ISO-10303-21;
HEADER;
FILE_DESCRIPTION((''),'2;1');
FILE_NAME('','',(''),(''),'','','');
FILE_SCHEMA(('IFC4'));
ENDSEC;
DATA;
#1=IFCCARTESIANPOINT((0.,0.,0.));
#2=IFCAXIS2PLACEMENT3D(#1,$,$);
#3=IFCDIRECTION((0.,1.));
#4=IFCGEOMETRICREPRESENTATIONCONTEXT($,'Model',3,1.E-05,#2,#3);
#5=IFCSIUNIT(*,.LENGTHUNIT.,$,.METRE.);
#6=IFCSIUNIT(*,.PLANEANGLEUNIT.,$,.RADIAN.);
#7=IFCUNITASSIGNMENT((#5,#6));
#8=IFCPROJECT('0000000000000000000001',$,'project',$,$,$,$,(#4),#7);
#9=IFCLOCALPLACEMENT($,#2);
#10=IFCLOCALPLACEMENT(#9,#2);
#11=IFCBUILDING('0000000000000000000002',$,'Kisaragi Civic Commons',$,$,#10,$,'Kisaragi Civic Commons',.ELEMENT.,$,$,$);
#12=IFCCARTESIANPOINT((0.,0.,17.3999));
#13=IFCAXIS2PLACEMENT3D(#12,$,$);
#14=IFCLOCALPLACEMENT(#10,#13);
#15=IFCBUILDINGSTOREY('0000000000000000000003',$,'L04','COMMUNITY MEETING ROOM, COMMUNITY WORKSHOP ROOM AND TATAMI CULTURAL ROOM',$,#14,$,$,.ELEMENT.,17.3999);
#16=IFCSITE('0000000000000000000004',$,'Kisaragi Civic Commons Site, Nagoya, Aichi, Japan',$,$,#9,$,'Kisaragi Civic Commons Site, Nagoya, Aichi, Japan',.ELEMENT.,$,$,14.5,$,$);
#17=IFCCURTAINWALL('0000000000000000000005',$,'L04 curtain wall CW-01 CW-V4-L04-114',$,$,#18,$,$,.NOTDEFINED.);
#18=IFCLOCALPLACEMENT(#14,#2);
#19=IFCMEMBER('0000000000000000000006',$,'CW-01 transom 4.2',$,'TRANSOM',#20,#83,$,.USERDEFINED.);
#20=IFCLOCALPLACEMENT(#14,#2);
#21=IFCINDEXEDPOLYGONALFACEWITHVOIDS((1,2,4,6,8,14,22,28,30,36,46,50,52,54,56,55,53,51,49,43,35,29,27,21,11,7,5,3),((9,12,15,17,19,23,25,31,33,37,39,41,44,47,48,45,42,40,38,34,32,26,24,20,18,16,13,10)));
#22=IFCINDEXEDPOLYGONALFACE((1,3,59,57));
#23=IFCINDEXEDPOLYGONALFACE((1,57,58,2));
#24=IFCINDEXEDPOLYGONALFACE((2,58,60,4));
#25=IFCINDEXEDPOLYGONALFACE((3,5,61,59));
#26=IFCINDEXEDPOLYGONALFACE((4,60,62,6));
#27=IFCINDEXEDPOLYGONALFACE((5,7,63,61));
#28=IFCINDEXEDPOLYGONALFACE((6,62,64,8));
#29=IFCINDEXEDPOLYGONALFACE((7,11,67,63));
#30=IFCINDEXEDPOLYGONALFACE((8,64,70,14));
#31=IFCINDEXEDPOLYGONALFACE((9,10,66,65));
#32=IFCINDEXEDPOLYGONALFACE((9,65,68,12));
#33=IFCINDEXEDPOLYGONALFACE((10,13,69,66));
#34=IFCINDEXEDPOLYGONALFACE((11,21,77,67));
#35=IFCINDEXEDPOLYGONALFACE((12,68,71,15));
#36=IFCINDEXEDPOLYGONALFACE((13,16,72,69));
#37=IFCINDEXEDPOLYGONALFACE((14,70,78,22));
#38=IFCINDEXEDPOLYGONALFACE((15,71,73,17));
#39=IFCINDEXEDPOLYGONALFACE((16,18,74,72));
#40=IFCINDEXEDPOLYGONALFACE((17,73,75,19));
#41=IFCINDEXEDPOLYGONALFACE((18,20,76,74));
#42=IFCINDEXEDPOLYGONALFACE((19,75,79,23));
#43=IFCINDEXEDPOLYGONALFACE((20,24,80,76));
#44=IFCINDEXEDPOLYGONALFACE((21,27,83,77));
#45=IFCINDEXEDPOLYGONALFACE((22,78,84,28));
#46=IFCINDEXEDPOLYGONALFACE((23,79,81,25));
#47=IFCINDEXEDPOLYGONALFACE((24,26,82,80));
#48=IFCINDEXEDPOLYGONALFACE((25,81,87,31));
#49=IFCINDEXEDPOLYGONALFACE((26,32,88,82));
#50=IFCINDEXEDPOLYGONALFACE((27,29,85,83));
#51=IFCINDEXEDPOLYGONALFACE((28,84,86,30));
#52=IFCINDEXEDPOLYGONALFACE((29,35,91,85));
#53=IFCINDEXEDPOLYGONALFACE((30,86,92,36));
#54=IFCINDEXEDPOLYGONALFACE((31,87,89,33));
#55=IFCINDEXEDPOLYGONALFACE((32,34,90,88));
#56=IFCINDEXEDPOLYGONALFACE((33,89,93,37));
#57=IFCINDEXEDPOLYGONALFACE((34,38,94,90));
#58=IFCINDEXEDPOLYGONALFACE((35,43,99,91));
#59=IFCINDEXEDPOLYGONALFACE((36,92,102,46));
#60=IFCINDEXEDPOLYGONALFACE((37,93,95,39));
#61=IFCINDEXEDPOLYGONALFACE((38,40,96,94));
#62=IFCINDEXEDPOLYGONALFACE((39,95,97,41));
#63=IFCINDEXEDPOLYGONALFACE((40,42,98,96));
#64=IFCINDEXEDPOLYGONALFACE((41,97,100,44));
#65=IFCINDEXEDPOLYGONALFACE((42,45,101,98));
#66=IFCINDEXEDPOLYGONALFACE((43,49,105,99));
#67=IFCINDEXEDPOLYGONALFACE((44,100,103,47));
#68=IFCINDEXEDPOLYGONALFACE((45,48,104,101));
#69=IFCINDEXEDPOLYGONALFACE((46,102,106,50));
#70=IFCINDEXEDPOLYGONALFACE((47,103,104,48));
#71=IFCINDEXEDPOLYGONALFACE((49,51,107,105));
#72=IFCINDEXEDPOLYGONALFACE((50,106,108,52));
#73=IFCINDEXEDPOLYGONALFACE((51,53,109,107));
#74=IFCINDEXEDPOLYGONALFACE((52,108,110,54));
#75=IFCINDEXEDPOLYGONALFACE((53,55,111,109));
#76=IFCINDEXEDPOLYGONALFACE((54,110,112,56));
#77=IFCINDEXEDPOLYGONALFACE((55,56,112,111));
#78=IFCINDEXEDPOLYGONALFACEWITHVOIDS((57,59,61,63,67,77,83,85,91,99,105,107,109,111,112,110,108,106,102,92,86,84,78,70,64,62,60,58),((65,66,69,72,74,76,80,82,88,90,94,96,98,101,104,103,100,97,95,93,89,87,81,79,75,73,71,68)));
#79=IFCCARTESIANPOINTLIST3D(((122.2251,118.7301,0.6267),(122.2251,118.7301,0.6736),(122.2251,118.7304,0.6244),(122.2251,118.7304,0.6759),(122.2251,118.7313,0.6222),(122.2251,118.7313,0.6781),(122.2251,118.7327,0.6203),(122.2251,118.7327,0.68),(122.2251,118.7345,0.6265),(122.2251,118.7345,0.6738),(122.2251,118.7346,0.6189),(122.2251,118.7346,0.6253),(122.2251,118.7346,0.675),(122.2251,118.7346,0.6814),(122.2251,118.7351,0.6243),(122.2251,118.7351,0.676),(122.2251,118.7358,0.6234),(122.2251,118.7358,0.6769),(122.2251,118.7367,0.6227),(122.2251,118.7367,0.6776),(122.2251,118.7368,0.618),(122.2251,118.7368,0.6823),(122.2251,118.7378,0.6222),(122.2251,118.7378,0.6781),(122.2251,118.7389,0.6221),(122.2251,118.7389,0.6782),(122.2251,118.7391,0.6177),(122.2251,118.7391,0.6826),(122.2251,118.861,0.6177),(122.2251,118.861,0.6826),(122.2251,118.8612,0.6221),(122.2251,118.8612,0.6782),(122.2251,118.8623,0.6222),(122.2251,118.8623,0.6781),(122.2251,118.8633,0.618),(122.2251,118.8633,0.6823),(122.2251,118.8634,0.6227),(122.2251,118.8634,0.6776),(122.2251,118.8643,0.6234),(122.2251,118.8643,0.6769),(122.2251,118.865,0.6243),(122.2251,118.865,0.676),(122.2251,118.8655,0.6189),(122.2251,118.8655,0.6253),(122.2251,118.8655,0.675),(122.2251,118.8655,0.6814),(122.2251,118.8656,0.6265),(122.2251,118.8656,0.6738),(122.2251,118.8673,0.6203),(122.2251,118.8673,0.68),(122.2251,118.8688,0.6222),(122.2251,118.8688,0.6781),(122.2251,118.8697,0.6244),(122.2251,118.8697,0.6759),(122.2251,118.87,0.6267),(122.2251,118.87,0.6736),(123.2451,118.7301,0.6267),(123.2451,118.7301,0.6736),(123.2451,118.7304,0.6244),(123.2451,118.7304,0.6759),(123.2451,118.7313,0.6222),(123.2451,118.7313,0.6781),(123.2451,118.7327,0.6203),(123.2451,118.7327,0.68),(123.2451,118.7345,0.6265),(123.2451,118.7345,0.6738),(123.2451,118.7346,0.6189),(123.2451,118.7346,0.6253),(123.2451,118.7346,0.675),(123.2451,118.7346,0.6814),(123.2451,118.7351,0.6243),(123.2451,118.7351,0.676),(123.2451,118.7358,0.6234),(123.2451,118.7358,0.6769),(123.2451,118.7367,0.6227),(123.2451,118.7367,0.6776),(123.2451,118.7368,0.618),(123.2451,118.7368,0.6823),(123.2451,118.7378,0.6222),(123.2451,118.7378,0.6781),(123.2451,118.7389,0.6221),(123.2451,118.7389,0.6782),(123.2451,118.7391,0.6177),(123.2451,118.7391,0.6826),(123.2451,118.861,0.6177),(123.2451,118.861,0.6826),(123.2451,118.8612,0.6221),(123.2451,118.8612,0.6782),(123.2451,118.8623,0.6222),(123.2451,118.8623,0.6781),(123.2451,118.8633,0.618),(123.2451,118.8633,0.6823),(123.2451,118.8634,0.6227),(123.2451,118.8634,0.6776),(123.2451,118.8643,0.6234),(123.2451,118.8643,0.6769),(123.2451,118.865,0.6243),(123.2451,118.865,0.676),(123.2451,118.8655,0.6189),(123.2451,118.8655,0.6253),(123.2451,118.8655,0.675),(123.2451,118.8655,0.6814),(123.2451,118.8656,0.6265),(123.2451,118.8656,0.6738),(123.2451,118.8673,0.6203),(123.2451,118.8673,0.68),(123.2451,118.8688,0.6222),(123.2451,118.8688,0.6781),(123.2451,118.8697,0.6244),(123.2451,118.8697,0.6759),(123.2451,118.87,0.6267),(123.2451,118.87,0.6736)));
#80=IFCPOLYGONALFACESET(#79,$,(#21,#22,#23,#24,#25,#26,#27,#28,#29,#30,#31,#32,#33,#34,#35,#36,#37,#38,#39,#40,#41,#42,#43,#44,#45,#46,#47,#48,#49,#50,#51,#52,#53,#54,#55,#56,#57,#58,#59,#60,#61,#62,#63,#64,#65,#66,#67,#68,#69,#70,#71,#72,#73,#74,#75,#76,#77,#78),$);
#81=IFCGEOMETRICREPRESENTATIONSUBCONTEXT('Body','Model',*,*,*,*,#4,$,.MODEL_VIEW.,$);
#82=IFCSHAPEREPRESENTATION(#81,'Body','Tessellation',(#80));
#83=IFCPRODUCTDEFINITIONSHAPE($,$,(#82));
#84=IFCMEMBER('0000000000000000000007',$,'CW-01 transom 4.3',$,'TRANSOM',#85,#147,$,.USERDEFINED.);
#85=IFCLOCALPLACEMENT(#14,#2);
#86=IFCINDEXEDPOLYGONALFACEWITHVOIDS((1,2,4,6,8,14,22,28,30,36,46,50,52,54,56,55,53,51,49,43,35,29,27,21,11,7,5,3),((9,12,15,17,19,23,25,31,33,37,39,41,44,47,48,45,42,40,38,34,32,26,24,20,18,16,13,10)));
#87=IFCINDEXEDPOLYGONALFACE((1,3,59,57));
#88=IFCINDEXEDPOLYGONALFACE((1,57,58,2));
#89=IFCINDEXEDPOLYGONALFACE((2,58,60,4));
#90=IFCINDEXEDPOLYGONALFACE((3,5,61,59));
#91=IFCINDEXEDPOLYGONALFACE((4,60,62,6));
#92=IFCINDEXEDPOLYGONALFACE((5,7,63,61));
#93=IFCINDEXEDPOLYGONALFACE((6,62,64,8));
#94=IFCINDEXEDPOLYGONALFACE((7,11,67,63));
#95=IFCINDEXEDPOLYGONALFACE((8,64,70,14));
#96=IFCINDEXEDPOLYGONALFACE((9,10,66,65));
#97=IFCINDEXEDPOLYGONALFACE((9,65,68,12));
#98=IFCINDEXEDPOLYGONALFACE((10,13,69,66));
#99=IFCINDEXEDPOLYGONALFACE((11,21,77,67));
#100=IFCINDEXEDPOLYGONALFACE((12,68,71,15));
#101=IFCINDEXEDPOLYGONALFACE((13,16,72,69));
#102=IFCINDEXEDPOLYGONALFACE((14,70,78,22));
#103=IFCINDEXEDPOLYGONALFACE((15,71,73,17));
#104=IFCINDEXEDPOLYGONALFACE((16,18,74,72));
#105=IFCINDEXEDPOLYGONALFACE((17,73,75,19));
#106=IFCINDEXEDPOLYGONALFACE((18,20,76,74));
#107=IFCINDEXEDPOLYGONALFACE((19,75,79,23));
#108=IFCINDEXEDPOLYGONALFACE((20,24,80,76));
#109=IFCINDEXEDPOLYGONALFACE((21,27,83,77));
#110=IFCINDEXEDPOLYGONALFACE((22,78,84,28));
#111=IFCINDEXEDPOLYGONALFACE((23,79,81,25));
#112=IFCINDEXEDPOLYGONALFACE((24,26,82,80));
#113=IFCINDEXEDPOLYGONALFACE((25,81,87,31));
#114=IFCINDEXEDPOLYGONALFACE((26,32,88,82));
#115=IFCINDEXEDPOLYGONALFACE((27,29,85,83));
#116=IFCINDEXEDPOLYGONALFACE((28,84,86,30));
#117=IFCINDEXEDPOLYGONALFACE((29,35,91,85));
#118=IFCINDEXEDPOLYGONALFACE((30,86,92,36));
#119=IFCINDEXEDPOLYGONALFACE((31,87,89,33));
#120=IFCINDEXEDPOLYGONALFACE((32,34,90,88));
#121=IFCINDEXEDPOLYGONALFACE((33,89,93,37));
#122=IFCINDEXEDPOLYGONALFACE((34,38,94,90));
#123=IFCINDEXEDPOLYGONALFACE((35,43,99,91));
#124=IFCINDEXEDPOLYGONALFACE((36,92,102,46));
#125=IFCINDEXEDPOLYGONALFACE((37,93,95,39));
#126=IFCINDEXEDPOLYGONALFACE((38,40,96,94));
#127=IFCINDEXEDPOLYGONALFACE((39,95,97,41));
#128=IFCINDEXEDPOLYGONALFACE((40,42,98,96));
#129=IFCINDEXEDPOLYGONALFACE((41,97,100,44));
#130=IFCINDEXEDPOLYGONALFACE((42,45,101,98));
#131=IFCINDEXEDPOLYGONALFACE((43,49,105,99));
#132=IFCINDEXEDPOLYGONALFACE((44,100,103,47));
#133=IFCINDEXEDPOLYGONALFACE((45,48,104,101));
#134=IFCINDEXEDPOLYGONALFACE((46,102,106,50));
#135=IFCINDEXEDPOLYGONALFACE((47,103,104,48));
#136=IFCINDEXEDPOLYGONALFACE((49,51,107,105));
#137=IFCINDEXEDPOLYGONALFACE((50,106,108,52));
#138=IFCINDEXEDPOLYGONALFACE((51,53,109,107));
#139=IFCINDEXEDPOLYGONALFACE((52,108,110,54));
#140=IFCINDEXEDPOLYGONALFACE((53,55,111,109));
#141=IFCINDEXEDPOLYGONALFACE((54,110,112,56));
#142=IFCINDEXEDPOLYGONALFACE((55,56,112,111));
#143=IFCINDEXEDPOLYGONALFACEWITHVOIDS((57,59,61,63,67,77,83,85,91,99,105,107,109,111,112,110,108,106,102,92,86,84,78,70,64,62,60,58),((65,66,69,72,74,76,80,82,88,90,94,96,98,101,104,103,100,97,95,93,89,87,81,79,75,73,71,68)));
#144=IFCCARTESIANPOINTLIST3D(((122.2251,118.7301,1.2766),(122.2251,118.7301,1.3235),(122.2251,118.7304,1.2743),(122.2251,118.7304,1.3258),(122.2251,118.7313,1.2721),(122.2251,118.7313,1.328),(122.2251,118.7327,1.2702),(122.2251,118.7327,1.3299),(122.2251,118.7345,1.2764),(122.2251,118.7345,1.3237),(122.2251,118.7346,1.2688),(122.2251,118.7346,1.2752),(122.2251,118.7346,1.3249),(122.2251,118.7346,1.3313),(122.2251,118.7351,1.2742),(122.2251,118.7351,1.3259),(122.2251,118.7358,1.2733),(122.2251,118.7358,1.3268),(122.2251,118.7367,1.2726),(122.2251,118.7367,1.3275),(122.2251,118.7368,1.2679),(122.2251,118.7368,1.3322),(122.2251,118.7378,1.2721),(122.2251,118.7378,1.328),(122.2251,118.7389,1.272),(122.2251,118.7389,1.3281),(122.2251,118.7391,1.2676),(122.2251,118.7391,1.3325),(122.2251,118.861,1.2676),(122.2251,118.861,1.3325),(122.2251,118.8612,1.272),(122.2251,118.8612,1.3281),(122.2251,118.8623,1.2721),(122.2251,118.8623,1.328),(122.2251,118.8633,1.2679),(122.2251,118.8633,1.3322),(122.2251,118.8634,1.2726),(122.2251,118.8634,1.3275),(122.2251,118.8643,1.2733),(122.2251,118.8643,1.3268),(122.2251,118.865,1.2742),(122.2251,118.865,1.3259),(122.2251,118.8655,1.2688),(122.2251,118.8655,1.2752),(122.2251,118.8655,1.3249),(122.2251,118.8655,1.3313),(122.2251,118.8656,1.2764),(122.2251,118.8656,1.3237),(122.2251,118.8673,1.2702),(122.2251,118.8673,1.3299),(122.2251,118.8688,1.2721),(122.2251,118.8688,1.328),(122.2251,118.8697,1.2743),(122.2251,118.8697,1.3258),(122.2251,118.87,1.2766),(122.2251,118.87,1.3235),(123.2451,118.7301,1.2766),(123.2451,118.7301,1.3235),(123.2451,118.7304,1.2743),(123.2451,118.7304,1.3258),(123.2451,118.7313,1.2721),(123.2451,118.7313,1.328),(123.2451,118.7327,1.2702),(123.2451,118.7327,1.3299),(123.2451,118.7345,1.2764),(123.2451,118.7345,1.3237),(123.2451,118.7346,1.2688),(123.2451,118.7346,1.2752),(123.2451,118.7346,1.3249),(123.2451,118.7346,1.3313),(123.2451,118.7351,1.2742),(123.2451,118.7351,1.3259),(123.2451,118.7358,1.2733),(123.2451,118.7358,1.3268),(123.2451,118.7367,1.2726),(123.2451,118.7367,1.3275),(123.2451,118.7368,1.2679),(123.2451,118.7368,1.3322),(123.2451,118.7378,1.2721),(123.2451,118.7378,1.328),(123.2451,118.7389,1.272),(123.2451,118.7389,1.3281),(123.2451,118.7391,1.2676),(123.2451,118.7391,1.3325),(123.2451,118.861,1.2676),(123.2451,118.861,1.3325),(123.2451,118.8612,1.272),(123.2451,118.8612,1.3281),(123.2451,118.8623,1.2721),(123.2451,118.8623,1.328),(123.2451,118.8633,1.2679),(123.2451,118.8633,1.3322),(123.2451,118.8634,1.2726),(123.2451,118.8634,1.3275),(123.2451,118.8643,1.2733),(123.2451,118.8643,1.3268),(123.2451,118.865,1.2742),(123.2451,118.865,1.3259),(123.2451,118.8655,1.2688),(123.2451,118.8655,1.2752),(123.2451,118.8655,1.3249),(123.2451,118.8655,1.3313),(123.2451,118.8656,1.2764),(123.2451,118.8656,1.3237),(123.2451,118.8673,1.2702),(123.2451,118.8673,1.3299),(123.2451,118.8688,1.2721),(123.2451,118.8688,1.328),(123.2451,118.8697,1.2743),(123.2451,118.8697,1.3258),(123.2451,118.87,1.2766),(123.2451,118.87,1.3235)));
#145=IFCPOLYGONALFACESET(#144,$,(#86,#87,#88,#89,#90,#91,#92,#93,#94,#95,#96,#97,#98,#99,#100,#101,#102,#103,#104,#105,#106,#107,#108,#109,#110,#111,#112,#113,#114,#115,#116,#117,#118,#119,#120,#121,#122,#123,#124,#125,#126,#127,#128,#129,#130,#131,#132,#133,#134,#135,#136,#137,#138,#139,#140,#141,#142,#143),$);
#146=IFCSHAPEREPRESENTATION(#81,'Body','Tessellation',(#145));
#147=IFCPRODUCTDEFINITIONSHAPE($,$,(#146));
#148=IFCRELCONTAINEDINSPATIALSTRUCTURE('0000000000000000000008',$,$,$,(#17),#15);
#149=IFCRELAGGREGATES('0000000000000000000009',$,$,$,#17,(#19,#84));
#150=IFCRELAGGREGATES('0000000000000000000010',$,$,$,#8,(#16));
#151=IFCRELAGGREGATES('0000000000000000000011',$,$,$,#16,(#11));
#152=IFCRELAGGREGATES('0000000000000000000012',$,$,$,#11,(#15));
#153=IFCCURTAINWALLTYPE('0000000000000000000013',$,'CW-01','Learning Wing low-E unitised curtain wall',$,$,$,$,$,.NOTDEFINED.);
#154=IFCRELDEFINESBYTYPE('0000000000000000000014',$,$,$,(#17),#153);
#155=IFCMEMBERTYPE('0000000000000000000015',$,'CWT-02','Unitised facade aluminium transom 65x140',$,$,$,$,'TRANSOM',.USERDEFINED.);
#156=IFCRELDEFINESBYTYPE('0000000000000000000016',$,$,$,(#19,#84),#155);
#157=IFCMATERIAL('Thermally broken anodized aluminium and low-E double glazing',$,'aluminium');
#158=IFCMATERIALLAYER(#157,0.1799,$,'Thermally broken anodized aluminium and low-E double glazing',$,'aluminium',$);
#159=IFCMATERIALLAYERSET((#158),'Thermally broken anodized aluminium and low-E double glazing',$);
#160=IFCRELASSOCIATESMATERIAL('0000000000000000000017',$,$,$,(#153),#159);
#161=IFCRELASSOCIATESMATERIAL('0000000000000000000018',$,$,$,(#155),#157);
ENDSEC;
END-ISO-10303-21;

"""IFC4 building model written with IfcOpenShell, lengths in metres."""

from ifc_helpers import new_model, si_unit, direction, frame, origin, origin_2d, place, context, subcontext, project, spatial, hollow_rectangle, extrude, material, layer, layer_set, material_profile, profile_set, type_object, element, aggregate, save


model = new_model("IFC4")

# Units and contexts
model_context = context("Model", 3, precision=1e-05, world=origin(), true_north=direction((0.0, 1.0)))
body_context = subcontext(model_context, "Body", "Model", "MODEL_VIEW")
ifc_project = project(units=[si_unit("LENGTHUNIT", "METRE"), si_unit("PLANEANGLEUNIT", "RADIAN")], contexts=[model_context])

# Site, building, storey
site_placement = place(None, origin())
site = spatial("IfcSite", under=ifc_project, at=site_placement, Name="Kisaragi Civic Commons Site, Nagoya, Aichi, Japan", LongName="Kisaragi Civic Commons Site, Nagoya, Aichi, Japan", CompositionType="ELEMENT", RefElevation=14.5)
building_placement = place(site_placement, origin())
building = spatial("IfcBuilding", under=site, at=building_placement, Name="Kisaragi Civic Commons", LongName="Kisaragi Civic Commons", CompositionType="ELEMENT")
storey_placement = place(building_placement, frame((0.0, 0.0, 17.3999)))
storey = spatial("IfcBuildingStorey", under=building, at=storey_placement, Name="L04", Description="COMMUNITY MEETING ROOM, COMMUNITY WORKSHOP ROOM AND TATAMI CULTURAL ROOM", CompositionType="ELEMENT", Elevation=17.3999)

# Curtain wall
ifc_material_1 = material(Name="Thermally broken anodized aluminium and low-E double glazing", Category="aluminium")
ifc_layer_1 = layer(ifc_material_1, 0.1799, Name="Thermally broken anodized aluminium and low-E double glazing", Category="aluminium")
ifc_layer_set_1 = layer_set([ifc_layer_1], Name="Thermally broken anodized aluminium and low-E double glazing")
curtain_wall_type = type_object("IfcCurtainWallType", Name="CW-01", Description="Learning Wing low-E unitised curtain wall", PredefinedType="NOTDEFINED", material=ifc_layer_set_1)
curtain_wall_1_placement = place(storey_placement, origin())
curtain_wall_1 = element("IfcCurtainWall", 1, at=curtain_wall_1_placement, inside=storey, type_object=curtain_wall_type, Name="L04 curtain wall CW-01 CW-V4-L04-114", PredefinedType="NOTDEFINED")

# Members
ifc_material_profile_1 = material_profile(ifc_material_1, hollow_rectangle(XDim=0.1399, YDim=0.0649, WallThickness=0.0044, InnerFilletRadius=0.0044, OuterFilletRadius=0.009, at=origin_2d()), Name="CWT-65x140x4.5", Category="aluminium")
ifc_profile_set_1 = profile_set([ifc_material_profile_1], Name="Thermally broken anodized aluminium and low-E double glazing")
member_type_1 = type_object("IfcMemberType", Name="CWT-02", Description="Unitised facade aluminium transom 65x140", ElementType="TRANSOM", PredefinedType="USERDEFINED", material=ifc_profile_set_1)
member_1_placement = place(storey_placement, frame((122.2251, 118.8, 0.6501), z_axis=(1.0, 0.0, 0.0), x_axis=(0.0, 1.0, 0.0)))
member_1 = element("IfcMember", 2, at=member_1_placement, type_object=member_type_1, Name="CW-01 transom 4.2", ObjectType="TRANSOM", PredefinedType="USERDEFINED", context=body_context, shape_type="SweptSolid", body=[
    extrude(hollow_rectangle(XDim=0.1399, YDim=0.0649, WallThickness=0.0044, InnerFilletRadius=0.0044, OuterFilletRadius=0.009, at=origin_2d()), origin(), (0.0, 0.0, 1.0), 1.02),
])
member_2_placement = place(storey_placement, frame((122.2251, 118.8, 1.3), z_axis=(1.0, 0.0, 0.0), x_axis=(0.0, 1.0, 0.0)))
member_2 = element("IfcMember", 3, at=member_2_placement, type_object=member_type_1, Name="CW-01 transom 4.3", ObjectType="TRANSOM", PredefinedType="USERDEFINED", context=body_context, shape_type="SweptSolid", body=[
    extrude(hollow_rectangle(XDim=0.1399, YDim=0.0649, WallThickness=0.0044, InnerFilletRadius=0.0044, OuterFilletRadius=0.009, at=origin_2d()), origin(), (0.0, 0.0, 1.0), 1.02),
])

aggregate(curtain_wall_1, [member_1, member_2])

save(model, "model.ifc")
